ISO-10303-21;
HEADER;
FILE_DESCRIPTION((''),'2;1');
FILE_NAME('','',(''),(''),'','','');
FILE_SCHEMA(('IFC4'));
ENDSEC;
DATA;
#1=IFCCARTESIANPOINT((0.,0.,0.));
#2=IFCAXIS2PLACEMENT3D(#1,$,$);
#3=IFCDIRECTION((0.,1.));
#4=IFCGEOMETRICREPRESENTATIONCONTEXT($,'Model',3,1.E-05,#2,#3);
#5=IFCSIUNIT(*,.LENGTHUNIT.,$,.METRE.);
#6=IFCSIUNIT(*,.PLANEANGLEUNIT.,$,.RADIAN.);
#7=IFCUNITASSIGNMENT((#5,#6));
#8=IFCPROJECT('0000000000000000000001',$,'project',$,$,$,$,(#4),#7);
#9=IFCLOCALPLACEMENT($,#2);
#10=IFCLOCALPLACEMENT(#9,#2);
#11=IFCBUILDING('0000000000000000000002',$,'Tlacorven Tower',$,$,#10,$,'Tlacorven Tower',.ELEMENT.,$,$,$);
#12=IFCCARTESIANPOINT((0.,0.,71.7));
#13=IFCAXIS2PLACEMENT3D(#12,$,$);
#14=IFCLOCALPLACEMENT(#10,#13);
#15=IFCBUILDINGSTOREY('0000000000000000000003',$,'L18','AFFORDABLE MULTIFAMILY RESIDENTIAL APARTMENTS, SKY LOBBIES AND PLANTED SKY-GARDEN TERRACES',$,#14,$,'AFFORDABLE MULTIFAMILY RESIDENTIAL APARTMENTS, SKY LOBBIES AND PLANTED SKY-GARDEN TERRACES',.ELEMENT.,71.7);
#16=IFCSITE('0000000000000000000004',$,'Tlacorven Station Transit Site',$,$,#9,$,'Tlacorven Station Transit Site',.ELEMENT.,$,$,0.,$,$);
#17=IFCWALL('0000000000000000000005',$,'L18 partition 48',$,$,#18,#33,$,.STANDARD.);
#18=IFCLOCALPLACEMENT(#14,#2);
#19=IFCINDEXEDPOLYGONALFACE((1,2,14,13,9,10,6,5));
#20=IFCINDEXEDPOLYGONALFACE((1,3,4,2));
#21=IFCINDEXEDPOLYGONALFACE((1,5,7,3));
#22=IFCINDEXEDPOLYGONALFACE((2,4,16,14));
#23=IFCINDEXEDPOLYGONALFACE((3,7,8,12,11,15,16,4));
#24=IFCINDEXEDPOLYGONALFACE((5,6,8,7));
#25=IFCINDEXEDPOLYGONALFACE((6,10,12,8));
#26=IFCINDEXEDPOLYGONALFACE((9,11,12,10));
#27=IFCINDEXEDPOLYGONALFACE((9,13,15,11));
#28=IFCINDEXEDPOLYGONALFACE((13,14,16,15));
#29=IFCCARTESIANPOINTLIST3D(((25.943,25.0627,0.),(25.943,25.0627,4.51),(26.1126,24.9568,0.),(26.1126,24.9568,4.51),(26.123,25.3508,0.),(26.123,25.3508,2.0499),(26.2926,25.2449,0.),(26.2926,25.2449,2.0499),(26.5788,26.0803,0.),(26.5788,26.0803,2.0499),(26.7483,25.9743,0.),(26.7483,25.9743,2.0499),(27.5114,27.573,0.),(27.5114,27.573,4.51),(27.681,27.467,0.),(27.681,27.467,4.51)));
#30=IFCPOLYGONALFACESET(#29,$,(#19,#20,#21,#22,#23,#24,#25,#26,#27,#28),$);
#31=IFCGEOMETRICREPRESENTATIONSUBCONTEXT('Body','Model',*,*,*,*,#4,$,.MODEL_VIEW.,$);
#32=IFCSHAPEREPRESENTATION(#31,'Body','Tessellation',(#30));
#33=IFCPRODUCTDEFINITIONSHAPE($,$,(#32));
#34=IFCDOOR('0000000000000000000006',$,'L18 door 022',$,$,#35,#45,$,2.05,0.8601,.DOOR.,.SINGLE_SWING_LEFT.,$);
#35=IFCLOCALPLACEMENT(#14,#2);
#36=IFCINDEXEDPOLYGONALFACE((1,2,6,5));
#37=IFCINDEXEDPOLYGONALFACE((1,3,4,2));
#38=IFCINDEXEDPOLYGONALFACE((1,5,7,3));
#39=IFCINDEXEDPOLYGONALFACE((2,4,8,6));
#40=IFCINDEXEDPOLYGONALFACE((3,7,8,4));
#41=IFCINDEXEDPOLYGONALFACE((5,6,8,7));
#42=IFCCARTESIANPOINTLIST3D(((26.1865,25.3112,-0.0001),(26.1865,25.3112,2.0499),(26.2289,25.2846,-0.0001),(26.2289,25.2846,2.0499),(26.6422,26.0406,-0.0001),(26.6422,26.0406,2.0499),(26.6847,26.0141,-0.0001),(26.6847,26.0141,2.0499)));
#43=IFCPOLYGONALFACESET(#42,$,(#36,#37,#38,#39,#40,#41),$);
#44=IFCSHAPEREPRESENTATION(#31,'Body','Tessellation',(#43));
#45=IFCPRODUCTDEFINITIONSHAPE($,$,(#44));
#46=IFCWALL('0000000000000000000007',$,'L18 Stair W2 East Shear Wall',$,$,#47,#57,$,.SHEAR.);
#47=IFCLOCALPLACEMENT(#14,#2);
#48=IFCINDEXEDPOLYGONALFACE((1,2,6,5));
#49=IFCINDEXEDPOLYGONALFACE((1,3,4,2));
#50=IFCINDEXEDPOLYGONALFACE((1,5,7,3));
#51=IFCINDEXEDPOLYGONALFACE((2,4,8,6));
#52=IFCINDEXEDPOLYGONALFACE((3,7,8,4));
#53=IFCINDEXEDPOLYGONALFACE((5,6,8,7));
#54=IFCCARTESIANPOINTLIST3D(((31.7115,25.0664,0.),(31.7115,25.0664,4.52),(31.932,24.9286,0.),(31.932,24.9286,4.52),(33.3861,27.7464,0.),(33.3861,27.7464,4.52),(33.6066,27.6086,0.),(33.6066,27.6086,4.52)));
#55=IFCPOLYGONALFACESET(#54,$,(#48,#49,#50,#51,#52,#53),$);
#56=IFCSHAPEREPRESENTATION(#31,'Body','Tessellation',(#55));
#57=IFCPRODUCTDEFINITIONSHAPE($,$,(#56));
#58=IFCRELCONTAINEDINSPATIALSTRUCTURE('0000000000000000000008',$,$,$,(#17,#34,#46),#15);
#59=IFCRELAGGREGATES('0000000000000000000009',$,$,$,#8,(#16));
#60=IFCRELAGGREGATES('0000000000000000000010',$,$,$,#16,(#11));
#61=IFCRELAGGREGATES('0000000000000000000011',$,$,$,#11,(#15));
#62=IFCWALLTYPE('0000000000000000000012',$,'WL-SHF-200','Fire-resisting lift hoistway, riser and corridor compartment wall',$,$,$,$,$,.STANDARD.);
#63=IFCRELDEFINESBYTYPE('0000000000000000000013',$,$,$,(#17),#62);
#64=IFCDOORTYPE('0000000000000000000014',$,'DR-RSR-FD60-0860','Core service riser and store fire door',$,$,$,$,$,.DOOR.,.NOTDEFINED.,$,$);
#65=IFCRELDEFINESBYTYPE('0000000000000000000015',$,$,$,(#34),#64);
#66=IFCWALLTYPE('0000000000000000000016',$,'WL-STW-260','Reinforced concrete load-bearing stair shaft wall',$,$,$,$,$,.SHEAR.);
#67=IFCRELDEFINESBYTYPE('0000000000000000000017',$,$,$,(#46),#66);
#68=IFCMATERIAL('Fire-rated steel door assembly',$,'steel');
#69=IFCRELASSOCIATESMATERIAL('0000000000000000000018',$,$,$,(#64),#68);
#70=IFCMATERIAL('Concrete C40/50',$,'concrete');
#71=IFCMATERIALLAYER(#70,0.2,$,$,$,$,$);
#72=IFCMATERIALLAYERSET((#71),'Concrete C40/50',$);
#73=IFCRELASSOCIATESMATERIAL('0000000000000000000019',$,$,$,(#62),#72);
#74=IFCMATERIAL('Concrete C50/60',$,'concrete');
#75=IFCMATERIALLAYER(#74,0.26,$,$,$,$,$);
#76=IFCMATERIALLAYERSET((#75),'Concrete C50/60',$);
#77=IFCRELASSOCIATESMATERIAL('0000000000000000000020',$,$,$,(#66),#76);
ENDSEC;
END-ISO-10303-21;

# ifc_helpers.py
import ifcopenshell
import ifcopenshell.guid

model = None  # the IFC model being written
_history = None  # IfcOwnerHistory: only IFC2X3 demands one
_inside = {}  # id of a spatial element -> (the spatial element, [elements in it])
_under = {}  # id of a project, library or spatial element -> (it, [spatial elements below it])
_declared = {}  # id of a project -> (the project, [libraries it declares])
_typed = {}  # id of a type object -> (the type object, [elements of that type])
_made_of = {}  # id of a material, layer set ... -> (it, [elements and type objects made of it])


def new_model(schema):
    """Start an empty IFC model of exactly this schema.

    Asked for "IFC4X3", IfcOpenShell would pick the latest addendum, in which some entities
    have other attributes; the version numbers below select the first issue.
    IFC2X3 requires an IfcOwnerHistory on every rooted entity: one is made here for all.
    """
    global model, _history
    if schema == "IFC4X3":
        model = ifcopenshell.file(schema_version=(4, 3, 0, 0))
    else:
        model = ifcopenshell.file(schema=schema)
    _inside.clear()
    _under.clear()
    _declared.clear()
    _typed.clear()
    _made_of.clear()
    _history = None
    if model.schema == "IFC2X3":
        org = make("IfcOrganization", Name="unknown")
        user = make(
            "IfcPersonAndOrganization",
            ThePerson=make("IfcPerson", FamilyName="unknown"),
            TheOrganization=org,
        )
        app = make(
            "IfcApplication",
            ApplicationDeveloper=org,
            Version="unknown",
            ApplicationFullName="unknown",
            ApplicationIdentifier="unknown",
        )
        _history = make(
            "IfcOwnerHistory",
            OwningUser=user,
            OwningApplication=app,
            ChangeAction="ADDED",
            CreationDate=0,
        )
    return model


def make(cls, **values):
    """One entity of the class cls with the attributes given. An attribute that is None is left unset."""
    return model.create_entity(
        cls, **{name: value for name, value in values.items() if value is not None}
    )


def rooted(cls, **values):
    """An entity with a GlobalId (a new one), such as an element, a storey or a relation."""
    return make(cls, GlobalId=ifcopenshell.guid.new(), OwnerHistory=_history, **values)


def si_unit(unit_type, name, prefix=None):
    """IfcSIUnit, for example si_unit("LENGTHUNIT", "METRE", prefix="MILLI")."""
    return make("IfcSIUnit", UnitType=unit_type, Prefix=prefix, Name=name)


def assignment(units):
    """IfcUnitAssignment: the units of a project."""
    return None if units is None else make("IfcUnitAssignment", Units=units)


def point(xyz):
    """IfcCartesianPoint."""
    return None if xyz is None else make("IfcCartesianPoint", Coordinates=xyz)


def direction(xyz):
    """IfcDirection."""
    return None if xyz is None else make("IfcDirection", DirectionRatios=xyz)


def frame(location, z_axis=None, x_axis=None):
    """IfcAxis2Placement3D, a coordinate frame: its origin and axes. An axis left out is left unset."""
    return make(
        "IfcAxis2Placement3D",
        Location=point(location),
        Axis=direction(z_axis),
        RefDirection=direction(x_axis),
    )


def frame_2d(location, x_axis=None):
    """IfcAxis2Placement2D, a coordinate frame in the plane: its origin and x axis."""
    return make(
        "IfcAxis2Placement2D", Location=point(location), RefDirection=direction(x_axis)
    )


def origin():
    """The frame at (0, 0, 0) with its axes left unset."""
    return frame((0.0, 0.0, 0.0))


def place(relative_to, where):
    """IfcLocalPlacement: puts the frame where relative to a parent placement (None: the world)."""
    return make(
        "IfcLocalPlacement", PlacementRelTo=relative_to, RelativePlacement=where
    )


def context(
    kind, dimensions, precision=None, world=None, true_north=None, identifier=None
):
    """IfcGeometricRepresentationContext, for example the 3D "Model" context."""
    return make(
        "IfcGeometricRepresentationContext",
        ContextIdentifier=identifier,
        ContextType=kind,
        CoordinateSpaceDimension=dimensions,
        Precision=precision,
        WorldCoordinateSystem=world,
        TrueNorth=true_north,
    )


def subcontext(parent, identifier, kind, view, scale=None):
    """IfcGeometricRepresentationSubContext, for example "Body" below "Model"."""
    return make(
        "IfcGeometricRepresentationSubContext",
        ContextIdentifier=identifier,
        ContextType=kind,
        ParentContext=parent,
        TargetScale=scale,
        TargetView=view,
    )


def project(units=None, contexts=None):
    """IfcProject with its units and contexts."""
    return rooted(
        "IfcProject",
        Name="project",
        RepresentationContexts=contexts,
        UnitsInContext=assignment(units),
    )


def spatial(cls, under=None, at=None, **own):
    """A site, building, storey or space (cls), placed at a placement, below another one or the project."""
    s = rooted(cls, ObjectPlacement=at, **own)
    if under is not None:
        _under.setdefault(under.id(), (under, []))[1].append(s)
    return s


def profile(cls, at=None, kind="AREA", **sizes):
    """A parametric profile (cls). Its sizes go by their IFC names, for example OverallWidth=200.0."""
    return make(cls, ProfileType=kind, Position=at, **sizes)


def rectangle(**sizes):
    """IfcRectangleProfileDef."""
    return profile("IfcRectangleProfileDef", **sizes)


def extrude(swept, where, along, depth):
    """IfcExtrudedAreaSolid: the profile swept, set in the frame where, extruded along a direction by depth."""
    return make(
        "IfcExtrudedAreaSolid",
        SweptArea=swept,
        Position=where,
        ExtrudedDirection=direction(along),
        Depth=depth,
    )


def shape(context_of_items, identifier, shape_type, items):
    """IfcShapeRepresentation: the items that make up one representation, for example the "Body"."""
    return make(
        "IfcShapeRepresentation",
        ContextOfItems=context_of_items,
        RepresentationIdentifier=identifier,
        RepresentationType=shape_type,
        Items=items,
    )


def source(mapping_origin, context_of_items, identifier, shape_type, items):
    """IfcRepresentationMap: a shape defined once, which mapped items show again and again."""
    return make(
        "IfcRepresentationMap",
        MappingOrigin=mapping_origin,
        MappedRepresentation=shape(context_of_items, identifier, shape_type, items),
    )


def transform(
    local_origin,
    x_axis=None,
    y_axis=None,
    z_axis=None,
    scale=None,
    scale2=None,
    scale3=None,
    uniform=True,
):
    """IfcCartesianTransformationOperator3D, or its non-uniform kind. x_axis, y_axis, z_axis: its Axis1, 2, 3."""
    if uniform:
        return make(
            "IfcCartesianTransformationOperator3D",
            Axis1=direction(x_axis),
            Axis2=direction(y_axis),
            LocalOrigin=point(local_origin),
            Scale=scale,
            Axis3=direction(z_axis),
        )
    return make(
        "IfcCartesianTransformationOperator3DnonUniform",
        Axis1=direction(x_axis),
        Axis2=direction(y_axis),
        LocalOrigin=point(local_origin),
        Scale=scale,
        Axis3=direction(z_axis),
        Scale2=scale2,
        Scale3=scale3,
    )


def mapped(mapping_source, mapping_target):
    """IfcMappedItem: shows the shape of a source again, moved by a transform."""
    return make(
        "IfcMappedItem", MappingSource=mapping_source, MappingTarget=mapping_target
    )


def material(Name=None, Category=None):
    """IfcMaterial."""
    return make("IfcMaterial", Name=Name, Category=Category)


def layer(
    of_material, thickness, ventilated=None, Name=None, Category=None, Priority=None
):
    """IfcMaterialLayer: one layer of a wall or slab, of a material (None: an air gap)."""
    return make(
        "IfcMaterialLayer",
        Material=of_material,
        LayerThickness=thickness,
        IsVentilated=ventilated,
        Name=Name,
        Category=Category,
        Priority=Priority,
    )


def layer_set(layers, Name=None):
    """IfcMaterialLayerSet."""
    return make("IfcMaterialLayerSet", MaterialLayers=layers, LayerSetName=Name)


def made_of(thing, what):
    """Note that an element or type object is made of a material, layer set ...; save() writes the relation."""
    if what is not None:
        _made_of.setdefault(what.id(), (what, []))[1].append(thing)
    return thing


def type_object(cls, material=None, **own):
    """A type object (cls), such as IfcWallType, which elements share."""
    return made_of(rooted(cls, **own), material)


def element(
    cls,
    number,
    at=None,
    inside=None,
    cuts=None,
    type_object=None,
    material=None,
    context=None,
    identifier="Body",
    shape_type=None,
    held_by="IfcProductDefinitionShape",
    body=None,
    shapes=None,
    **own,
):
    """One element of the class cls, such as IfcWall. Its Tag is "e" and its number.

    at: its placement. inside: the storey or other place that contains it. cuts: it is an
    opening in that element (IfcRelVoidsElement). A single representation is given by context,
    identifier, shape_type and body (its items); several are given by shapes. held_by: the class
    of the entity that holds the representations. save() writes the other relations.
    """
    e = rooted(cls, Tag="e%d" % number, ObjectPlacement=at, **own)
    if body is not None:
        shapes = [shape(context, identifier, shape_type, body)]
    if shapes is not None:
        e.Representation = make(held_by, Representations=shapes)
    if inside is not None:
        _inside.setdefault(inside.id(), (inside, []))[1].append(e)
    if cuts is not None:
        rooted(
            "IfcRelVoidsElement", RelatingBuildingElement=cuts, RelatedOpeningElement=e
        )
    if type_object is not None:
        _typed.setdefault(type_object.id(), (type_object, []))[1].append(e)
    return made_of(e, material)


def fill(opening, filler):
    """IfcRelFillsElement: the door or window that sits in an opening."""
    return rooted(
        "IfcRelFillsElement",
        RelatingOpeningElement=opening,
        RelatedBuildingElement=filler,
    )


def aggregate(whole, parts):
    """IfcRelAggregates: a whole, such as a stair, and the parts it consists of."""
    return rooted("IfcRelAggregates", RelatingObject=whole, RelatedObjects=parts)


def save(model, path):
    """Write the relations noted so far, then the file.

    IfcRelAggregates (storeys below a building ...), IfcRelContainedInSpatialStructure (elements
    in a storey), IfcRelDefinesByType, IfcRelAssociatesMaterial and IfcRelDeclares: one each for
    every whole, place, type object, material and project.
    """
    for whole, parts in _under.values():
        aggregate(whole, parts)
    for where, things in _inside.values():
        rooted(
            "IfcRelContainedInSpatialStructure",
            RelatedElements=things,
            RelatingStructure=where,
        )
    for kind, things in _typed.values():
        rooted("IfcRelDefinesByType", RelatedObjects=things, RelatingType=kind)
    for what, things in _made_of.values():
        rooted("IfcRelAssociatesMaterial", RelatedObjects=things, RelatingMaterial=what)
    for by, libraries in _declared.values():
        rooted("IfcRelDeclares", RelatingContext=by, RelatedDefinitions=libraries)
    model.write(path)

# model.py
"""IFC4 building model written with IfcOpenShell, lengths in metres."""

from ifc_helpers import new_model, si_unit, direction, frame, frame_2d, origin, place, context, subcontext, project, spatial, rectangle, extrude, source, transform, mapped, material, layer, layer_set, type_object, element, fill, save


model = new_model("IFC4")

# Units and contexts
model_context = context("Model", 3, precision=1e-05, world=origin(), true_north=direction((0.0, 1.0)))
body_context = subcontext(model_context, "Body", "Model", "MODEL_VIEW")
ifc_project = project(units=[si_unit("LENGTHUNIT", "METRE"), si_unit("PLANEANGLEUNIT", "RADIAN")], contexts=[model_context])

# Site, building, storey
site_placement = place(None, origin())
site = spatial("IfcSite", under=ifc_project, at=site_placement, Name="Tlacorven Station Transit Site", LongName="Tlacorven Station Transit Site", CompositionType="ELEMENT", RefElevation=0.0)
building_placement = place(site_placement, origin())
building = spatial("IfcBuilding", under=site, at=building_placement, Name="Tlacorven Tower", LongName="Tlacorven Tower", CompositionType="ELEMENT")
storey_placement = place(building_placement, frame((0.0, 0.0, 71.7)))
storey = spatial("IfcBuildingStorey", under=building, at=storey_placement, Name="L18", Description="AFFORDABLE MULTIFAMILY RESIDENTIAL APARTMENTS, SKY LOBBIES AND PLANTED SKY-GARDEN TERRACES", LongName="AFFORDABLE MULTIFAMILY RESIDENTIAL APARTMENTS, SKY LOBBIES AND PLANTED SKY-GARDEN TERRACES", CompositionType="ELEMENT", Elevation=71.7)

# Shared definitions
ifc_material_1 = material(Name="Fire-rated steel door assembly", Category="steel")
door_type_1 = type_object("IfcDoorType", Name="DR-RSR-FD60-0860", Description="Core service riser and store fire door", OperationType="NOTDEFINED", PredefinedType="DOOR", material=ifc_material_1)
shared_shape_1 = source(origin(), body_context, "Body", "SweptSolid", [
    extrude(rectangle(XDim=0.8601, YDim=2.05, at=frame_2d((0.4302, 1.0249))), frame((0.0, 0.0249, 0.0), z_axis=(0.0, -1.0, 0.0), x_axis=(1.0, 0.0, 0.0)), (0.0, 0.0, 1.0), 0.05),
])

# Shared definitions
ifc_material_2 = material(Name="Concrete C40/50", Category="concrete")
ifc_layer_1 = layer(ifc_material_2, 0.2)
ifc_layer_set_1 = layer_set([ifc_layer_1], Name="Concrete C40/50")
wall_type_1 = type_object("IfcWallType", Name="WL-SHF-200", Description="Fire-resisting lift hoistway, riser and corridor compartment wall", PredefinedType="STANDARD", material=ifc_layer_set_1)

# Wall, opening, door
wall_1_placement = place(storey_placement, frame((27.5962, 27.52, 0.0), z_axis=(0.0, 0.0, 1.0), x_axis=(-0.529865, -0.848082, 0.0)))
wall_1 = element("IfcWall", 1, at=wall_1_placement, inside=storey, type_object=wall_type_1, Name="L18 partition 48", PredefinedType="STANDARD", context=body_context, shape_type="SweptSolid", body=[
    extrude(rectangle(XDim=2.96, YDim=0.2, at=frame_2d((1.48, 0.0))), origin(), (0.0, 0.0, 1.0), 4.51),
])
opening_1_placement = place(wall_1_placement, frame((1.76, 0.0, 0.0)))
opening_1 = element("IfcOpeningElement", 2, at=opening_1_placement, cuts=wall_1, PredefinedType="OPENING", context=body_context, shape_type="SweptSolid", body=[
    extrude(rectangle(XDim=0.8601, YDim=2.05, at=frame_2d((0.4302, 1.0249))), frame((0.0, 0.1099, 0.0), z_axis=(0.0, -1.0, 0.0), x_axis=(1.0, 0.0, 0.0)), (0.0, 0.0, 1.0), 0.22),
])
door_1_placement = place(opening_1_placement, origin())
door_1 = element("IfcDoor", 3, at=door_1_placement, inside=storey, type_object=door_type_1, Name="L18 door 022", OperationType="SINGLE_SWING_LEFT", OverallHeight=2.05, OverallWidth=0.8601, PredefinedType="DOOR", context=body_context, shape_type="MappedRepresentation", body=[
    mapped(shared_shape_1, transform((0.0, 0.0, 0.0), scale=1.0)),
])
fill(opening_1, door_1)

# Wall
ifc_material_3 = material(Name="Concrete C50/60", Category="concrete")
ifc_layer_2 = layer(ifc_material_3, 0.26)
ifc_layer_set_2 = layer_set([ifc_layer_2], Name="Concrete C50/60")
wall_type_2 = type_object("IfcWallType", Name="WL-STW-260", Description="Reinforced concrete load-bearing stair shaft wall", PredefinedType="SHEAR", material=ifc_layer_set_2)
wall_2_placement = place(storey_placement, frame((33.4963, 27.6775, 0.0), z_axis=(0.0, 0.0, 1.0), x_axis=(-0.529909, -0.848055, 0.0)))
element("IfcWall", 4, at=wall_2_placement, inside=storey, type_object=wall_type_2, Name="L18 Stair W2 East Shear Wall", PredefinedType="SHEAR", context=body_context, shape_type="SweptSolid", body=[
    extrude(rectangle(XDim=3.1602, YDim=0.26, at=frame_2d((1.5801, 0.0))), origin(), (0.0, 0.0, 1.0), 4.52),
])

save(model, "model.ifc")
